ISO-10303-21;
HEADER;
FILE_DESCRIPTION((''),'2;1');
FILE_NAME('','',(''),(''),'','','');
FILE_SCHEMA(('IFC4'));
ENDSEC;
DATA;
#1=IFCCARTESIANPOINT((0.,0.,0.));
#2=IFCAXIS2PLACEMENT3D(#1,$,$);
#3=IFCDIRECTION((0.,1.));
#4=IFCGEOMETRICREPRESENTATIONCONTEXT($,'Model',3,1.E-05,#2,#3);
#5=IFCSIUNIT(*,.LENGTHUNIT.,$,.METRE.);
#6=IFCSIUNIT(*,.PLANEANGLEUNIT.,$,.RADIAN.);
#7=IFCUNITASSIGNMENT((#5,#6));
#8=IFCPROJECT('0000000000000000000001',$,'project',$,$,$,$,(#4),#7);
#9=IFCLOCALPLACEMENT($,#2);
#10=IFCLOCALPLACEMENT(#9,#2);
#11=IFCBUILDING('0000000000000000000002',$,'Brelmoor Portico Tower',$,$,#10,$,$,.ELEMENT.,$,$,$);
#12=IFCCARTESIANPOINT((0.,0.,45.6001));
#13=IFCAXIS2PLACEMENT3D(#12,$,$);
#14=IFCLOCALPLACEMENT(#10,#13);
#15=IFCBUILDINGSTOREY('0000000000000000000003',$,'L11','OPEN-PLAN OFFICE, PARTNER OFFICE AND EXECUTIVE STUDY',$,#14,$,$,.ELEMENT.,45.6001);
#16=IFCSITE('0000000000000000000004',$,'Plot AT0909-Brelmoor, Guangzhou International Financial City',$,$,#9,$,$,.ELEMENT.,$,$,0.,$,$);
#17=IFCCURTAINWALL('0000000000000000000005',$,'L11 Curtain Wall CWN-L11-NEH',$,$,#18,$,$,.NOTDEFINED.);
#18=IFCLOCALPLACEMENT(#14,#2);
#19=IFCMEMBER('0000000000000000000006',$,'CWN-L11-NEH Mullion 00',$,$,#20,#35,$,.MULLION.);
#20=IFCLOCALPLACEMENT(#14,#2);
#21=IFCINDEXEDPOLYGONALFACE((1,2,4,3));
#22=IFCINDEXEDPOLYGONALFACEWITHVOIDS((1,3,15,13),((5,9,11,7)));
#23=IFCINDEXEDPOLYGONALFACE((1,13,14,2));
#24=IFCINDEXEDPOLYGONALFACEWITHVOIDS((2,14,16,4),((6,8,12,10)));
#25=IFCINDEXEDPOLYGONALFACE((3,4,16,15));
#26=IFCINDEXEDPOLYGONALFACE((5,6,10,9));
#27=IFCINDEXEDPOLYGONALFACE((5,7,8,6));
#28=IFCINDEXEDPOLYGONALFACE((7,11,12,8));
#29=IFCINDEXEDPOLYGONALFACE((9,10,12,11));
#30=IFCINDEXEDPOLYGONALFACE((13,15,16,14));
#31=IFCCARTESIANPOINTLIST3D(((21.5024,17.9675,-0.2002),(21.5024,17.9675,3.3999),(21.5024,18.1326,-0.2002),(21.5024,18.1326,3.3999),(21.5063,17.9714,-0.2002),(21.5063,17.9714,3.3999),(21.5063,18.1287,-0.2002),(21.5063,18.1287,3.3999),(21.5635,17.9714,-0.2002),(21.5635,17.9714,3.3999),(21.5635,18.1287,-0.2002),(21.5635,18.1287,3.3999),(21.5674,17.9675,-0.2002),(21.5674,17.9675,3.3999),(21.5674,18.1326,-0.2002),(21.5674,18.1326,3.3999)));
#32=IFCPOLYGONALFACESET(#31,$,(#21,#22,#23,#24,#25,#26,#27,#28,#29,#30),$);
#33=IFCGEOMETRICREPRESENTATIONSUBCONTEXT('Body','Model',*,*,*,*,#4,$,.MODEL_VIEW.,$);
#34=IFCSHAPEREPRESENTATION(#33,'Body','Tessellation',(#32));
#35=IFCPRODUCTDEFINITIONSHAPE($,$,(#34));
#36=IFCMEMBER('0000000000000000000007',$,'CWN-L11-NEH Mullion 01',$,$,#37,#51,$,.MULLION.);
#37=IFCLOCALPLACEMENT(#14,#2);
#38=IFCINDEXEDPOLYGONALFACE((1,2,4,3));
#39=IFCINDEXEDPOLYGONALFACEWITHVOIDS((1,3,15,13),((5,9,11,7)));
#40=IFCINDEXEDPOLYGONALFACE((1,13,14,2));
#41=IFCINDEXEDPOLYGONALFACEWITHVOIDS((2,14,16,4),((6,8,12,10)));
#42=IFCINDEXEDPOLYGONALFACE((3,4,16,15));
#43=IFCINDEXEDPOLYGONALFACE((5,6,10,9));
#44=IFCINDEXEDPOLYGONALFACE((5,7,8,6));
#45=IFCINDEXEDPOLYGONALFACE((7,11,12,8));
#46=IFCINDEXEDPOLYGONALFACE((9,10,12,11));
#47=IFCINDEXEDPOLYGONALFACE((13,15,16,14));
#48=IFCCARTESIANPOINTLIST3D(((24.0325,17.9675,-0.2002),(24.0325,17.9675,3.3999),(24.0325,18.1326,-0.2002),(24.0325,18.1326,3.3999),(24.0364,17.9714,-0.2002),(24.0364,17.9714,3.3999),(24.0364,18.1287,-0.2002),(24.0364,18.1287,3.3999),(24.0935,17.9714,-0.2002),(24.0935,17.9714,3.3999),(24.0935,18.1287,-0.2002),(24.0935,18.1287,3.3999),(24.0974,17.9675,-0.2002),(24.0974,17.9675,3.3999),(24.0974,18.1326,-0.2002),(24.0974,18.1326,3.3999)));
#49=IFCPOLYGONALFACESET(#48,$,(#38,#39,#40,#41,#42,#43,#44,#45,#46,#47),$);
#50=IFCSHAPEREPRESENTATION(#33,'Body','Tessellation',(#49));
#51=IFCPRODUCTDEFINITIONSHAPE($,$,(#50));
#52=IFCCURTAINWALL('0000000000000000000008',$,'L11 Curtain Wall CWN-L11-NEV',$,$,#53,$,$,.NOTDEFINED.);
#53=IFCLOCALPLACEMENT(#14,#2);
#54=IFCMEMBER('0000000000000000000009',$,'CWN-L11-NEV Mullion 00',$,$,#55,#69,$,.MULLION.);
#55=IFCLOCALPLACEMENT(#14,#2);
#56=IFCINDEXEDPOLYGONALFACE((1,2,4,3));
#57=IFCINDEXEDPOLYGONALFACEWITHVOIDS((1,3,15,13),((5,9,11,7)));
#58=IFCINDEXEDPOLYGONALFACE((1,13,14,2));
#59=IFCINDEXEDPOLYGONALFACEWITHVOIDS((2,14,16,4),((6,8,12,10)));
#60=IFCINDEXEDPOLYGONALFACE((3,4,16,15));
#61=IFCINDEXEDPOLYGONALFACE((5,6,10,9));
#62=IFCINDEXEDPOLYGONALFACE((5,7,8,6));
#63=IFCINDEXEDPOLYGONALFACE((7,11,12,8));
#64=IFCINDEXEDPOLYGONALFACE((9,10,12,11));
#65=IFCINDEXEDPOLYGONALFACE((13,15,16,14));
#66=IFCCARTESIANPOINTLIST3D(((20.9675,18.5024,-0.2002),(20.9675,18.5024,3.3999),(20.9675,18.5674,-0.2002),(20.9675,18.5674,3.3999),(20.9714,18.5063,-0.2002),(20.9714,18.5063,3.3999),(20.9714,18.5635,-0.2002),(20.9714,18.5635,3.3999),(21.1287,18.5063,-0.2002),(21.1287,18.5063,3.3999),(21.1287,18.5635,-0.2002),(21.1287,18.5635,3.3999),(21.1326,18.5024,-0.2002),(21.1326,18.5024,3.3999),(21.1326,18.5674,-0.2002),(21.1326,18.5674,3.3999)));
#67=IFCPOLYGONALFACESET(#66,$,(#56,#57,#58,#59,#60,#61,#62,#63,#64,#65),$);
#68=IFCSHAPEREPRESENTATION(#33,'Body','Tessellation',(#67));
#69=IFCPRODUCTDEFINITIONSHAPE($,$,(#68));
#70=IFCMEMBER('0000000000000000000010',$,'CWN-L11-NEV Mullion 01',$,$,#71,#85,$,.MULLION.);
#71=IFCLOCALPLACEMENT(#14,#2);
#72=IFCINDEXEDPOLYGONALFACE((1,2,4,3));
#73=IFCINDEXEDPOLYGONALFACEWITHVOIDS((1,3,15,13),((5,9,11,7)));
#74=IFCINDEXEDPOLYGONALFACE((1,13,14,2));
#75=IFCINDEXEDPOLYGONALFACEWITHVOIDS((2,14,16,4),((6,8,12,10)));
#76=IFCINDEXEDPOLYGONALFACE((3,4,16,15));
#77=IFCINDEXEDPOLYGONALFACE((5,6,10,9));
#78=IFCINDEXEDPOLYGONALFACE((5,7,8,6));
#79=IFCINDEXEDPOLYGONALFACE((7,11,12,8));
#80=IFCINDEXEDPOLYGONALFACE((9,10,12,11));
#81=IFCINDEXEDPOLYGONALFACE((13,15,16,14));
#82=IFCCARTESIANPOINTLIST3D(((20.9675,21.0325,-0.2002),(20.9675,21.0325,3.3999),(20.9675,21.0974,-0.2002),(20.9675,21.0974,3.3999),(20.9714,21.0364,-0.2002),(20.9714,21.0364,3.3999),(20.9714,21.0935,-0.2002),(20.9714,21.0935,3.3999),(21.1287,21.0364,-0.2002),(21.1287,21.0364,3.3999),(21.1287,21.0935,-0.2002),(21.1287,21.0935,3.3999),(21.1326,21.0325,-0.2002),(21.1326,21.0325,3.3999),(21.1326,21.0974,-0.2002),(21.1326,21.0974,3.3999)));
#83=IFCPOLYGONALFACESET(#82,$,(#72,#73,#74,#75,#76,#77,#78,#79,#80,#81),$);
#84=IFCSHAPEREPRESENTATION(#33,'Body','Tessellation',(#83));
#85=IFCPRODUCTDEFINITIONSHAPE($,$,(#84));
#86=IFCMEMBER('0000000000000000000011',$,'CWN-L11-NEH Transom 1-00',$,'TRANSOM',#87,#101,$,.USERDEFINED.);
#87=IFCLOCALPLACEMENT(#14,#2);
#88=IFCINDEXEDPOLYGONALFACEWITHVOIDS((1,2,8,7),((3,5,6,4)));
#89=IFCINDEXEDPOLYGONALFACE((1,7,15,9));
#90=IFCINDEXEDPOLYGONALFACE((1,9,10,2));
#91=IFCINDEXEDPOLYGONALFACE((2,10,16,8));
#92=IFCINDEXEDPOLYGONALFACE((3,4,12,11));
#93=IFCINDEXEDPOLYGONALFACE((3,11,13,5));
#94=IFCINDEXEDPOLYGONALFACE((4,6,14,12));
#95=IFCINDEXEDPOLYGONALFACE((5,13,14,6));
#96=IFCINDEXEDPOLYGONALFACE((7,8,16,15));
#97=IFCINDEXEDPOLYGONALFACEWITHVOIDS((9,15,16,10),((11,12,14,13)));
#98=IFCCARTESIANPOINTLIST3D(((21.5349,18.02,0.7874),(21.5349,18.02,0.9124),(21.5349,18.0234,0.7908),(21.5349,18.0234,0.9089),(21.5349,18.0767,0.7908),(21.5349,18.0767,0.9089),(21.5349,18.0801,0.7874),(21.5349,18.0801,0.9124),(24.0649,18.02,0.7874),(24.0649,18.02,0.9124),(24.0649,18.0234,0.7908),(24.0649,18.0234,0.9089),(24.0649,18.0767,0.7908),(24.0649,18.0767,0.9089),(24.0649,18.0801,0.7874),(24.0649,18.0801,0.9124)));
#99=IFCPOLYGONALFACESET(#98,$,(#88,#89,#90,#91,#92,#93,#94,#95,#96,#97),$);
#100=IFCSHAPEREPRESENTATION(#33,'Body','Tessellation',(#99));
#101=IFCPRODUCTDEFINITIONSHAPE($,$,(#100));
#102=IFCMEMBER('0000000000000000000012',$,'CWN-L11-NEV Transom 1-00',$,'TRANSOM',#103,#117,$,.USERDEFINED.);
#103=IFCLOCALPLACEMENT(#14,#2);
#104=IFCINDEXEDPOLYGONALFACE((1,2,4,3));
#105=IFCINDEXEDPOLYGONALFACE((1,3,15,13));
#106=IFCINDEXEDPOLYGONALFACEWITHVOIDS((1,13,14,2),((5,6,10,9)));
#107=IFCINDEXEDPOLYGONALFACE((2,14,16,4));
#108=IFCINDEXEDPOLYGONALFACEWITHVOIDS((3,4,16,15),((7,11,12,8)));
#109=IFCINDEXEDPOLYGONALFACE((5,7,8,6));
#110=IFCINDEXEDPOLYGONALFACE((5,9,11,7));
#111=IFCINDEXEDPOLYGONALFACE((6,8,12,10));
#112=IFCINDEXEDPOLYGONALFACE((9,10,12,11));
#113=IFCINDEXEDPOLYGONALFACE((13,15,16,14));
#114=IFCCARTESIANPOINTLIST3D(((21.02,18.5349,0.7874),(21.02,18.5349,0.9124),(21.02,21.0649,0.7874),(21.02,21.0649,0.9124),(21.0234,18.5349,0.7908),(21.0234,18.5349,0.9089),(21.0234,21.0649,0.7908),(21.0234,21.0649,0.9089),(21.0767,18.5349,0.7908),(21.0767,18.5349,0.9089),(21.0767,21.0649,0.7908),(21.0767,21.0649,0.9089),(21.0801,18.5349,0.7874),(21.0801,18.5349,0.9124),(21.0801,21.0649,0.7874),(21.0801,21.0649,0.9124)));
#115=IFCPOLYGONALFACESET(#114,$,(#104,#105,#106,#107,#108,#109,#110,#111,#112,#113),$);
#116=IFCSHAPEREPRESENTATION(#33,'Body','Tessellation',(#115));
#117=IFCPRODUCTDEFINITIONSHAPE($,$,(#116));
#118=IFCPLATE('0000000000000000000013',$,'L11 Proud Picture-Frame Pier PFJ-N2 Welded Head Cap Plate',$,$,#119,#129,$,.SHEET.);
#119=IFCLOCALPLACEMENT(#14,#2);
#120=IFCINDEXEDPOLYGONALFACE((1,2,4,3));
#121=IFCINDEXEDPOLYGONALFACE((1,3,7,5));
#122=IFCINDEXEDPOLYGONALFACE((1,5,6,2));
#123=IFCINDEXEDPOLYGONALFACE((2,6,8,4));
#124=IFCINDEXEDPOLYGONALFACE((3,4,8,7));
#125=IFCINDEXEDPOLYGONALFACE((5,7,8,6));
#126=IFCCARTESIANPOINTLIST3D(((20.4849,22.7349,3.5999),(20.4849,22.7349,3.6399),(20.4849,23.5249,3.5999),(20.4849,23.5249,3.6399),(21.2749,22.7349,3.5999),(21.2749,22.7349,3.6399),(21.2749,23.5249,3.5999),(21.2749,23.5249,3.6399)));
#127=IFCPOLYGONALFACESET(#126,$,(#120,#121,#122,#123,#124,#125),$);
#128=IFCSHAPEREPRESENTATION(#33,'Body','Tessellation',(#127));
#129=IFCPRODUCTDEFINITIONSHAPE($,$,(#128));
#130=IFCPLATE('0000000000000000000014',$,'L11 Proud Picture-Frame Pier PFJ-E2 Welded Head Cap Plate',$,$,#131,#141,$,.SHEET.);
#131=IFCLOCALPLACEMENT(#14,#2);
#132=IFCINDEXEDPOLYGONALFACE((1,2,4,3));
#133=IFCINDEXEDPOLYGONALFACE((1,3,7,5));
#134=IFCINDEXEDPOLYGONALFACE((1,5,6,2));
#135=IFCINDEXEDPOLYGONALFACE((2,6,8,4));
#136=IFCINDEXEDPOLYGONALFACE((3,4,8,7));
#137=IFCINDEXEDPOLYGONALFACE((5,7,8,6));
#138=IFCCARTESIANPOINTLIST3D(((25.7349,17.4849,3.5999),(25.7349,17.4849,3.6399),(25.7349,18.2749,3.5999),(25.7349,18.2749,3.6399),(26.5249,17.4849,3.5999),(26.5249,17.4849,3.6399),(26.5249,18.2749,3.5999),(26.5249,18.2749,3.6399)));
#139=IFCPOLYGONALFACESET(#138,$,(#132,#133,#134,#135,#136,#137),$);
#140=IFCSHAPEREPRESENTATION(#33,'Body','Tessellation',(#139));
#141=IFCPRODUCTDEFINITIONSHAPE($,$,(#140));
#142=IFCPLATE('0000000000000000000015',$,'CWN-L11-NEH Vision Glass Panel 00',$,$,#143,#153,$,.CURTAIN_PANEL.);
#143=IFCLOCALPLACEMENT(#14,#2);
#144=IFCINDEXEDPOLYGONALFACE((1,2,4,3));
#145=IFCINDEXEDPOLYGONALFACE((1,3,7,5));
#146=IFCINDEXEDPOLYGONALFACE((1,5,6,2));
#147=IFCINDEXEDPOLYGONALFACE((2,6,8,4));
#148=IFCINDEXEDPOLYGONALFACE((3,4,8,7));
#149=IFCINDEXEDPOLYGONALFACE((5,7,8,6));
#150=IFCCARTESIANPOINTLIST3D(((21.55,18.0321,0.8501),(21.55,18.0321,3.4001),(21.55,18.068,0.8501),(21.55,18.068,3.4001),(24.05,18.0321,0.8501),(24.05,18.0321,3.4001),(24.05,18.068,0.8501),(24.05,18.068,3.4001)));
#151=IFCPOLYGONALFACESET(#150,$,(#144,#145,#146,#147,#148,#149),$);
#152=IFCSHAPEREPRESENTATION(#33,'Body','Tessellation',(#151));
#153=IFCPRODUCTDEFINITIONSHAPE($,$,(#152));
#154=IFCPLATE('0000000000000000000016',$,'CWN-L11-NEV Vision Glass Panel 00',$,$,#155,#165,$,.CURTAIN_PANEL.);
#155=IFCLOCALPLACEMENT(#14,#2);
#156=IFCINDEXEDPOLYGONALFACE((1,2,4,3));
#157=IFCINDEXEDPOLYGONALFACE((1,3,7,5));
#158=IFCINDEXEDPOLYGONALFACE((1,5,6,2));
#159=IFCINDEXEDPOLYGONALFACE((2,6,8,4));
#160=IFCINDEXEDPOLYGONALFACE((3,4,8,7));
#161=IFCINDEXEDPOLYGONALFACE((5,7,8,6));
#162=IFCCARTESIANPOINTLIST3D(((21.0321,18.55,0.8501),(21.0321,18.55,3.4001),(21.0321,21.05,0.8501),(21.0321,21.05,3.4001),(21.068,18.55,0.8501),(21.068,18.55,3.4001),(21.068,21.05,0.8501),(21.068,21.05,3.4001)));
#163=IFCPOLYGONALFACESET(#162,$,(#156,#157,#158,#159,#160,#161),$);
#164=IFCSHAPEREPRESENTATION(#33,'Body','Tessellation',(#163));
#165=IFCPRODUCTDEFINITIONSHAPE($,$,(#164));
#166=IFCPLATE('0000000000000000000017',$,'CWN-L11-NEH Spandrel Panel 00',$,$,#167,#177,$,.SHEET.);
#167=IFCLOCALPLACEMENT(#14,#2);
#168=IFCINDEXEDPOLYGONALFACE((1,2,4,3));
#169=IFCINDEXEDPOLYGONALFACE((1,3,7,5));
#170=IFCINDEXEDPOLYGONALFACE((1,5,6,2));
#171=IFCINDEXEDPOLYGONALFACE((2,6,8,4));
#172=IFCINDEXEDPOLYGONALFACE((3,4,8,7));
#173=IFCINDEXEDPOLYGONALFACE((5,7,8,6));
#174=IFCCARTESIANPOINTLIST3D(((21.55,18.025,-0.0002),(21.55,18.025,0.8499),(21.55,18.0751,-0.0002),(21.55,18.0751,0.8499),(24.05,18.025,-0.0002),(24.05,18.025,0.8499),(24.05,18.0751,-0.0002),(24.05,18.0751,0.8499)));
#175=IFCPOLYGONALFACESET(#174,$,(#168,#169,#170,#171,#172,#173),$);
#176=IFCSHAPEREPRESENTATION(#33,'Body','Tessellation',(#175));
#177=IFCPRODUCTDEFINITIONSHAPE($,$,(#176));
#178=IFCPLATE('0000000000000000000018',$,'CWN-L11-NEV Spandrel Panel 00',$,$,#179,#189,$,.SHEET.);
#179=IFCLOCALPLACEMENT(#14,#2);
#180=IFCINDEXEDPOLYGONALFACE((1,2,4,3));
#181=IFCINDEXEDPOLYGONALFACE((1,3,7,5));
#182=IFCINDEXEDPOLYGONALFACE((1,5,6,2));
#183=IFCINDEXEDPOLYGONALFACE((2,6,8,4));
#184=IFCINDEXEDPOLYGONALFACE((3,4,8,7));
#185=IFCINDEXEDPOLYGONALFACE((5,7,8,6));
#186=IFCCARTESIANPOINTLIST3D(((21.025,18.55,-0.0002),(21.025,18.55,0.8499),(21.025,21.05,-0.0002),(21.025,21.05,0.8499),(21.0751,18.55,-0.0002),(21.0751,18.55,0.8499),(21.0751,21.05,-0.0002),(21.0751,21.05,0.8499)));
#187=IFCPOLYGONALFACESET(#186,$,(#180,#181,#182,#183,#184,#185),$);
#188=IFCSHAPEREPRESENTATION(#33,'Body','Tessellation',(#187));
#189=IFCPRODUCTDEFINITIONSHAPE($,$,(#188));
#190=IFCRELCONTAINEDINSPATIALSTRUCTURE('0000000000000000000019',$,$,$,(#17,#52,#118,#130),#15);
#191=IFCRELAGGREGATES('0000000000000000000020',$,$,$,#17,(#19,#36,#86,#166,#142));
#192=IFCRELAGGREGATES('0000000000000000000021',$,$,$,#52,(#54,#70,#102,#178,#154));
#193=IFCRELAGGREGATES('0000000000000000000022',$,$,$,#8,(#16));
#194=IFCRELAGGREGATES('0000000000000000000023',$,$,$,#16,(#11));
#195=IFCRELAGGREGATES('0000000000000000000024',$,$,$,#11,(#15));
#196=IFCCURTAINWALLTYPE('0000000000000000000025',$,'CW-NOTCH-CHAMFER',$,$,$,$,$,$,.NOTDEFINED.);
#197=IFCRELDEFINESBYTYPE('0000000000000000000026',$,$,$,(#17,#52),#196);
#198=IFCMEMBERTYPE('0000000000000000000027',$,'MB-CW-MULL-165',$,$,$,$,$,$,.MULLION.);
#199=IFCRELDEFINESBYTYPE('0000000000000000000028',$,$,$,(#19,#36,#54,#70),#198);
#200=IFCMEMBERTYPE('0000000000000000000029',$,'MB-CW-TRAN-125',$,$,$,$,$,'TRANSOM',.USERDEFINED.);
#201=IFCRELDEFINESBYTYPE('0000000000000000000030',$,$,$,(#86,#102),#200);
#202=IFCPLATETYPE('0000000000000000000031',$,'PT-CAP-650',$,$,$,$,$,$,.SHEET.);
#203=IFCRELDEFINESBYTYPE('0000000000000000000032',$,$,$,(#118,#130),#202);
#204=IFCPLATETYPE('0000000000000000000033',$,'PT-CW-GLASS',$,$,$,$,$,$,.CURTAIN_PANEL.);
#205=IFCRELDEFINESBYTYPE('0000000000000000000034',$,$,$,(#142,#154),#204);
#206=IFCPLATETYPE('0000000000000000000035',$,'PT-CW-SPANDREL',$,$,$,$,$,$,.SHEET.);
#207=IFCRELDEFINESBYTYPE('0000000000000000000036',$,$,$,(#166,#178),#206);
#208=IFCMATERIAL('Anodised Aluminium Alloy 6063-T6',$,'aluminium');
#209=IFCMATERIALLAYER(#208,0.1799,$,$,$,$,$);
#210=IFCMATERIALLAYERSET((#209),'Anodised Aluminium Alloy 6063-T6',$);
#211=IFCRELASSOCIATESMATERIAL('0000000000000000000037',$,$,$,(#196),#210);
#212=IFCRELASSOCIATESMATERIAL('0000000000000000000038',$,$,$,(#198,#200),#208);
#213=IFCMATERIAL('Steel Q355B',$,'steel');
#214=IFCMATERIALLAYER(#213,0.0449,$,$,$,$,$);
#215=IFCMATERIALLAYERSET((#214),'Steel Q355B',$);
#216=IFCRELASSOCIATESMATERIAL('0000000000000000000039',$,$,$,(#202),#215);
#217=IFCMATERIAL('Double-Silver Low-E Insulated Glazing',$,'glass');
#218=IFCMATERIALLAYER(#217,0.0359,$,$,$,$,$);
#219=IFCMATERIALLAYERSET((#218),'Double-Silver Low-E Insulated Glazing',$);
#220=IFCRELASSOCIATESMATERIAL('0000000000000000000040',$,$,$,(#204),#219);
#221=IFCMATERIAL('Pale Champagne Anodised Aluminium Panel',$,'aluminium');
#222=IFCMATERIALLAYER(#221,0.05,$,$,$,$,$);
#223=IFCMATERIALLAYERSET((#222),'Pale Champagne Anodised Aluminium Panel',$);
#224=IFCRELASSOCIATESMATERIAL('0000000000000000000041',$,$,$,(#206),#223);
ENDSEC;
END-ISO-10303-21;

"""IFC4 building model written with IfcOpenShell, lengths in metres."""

from ifc_helpers import new_model, si_unit, direction, frame, origin, origin_2d, place, context, subcontext, project, spatial, rectangle, hollow_rectangle, extrude, material, layer, layer_set, material_profile, profile_set, type_object, element, aggregate, save


model = new_model("IFC4")

# Units and contexts
model_context = context("Model", 3, precision=1e-05, world=origin(), true_north=direction((0.0, 1.0)))
body_context = subcontext(model_context, "Body", "Model", "MODEL_VIEW")
ifc_project = project(units=[si_unit("LENGTHUNIT", "METRE"), si_unit("PLANEANGLEUNIT", "RADIAN")], contexts=[model_context])

# Site, building, storey
site_placement = place(None, origin())
site = spatial("IfcSite", under=ifc_project, at=site_placement, Name="Plot AT0909-Brelmoor, Guangzhou International Financial City", CompositionType="ELEMENT", RefElevation=0.0)
building_placement = place(site_placement, origin())
building = spatial("IfcBuilding", under=site, at=building_placement, Name="Brelmoor Portico Tower", CompositionType="ELEMENT")
storey_placement = place(building_placement, frame((0.0, 0.0, 45.6001)))
storey = spatial("IfcBuildingStorey", under=building, at=storey_placement, Name="L11", Description="OPEN-PLAN OFFICE, PARTNER OFFICE AND EXECUTIVE STUDY", CompositionType="ELEMENT", Elevation=45.6001)

# Shared definitions
ifc_material_1 = material(Name="Steel Q355B", Category="steel")

# Curtain walls, members
ifc_material_2 = material(Name="Anodised Aluminium Alloy 6063-T6", Category="aluminium")
ifc_layer_1 = layer(ifc_material_2, 0.1799)
ifc_layer_set_1 = layer_set([ifc_layer_1], Name="Anodised Aluminium Alloy 6063-T6")
curtain_wall_type = type_object("IfcCurtainWallType", Name="CW-NOTCH-CHAMFER", PredefinedType="NOTDEFINED", material=ifc_layer_set_1)
curtain_wall_1_placement = place(storey_placement, origin())
curtain_wall_1 = element("IfcCurtainWall", 1, at=curtain_wall_1_placement, inside=storey, type_object=curtain_wall_type, Name="L11 Curtain Wall CWN-L11-NEH", PredefinedType="NOTDEFINED")
ifc_material_profile_1 = material_profile(ifc_material_2, hollow_rectangle(XDim=0.0649, YDim=0.165, WallThickness=0.0039, at=origin_2d()), Name="ALU MULLION 65x165")
ifc_profile_set_1 = profile_set([ifc_material_profile_1], Name="Anodised Aluminium Alloy 6063-T6")
member_type_1 = type_object("IfcMemberType", Name="MB-CW-MULL-165", PredefinedType="MULLION", material=ifc_profile_set_1)
member_1_placement = place(storey_placement, frame((21.5349, 18.05, -0.2002), z_axis=(0.0, 0.0, 1.0), x_axis=(1.0, 0.0, 0.0)))
member_1 = element("IfcMember", 2, at=member_1_placement, type_object=member_type_1, Name="CWN-L11-NEH Mullion 00", PredefinedType="MULLION", context=body_context, shape_type="SweptSolid", body=[
    extrude(hollow_rectangle(XDim=0.0649, YDim=0.165, WallThickness=0.0039, at=origin_2d()), origin(), (0.0, 0.0, 1.0), 3.6001),
])
member_2_placement = place(storey_placement, frame((24.0649, 18.05, -0.2002), z_axis=(0.0, 0.0, 1.0), x_axis=(1.0, 0.0, 0.0)))
member_2 = element("IfcMember", 3, at=member_2_placement, type_object=member_type_1, Name="CWN-L11-NEH Mullion 01", PredefinedType="MULLION", context=body_context, shape_type="SweptSolid", body=[
    extrude(hollow_rectangle(XDim=0.0649, YDim=0.165, WallThickness=0.0039, at=origin_2d()), origin(), (0.0, 0.0, 1.0), 3.6001),
])
curtain_wall_2_placement = place(storey_placement, origin())
curtain_wall_2 = element("IfcCurtainWall", 4, at=curtain_wall_2_placement, inside=storey, type_object=curtain_wall_type, Name="L11 Curtain Wall CWN-L11-NEV", PredefinedType="NOTDEFINED")
member_3_placement = place(storey_placement, frame((21.05, 18.5349, -0.2002), z_axis=(0.0, 0.0, 1.0), x_axis=(0.0, 1.0, 0.0)))
member_3 = element("IfcMember", 5, at=member_3_placement, type_object=member_type_1, Name="CWN-L11-NEV Mullion 00", PredefinedType="MULLION", context=body_context, shape_type="SweptSolid", body=[
    extrude(hollow_rectangle(XDim=0.0649, YDim=0.165, WallThickness=0.0039, at=origin_2d()), origin(), (0.0, 0.0, 1.0), 3.6001),
])
member_4_placement = place(storey_placement, frame((21.05, 21.0649, -0.2002), z_axis=(0.0, 0.0, 1.0), x_axis=(0.0, 1.0, 0.0)))
member_4 = element("IfcMember", 6, at=member_4_placement, type_object=member_type_1, Name="CWN-L11-NEV Mullion 01", PredefinedType="MULLION", context=body_context, shape_type="SweptSolid", body=[
    extrude(hollow_rectangle(XDim=0.0649, YDim=0.165, WallThickness=0.0039, at=origin_2d()), origin(), (0.0, 0.0, 1.0), 3.6001),
])

# Members
ifc_material_profile_2 = material_profile(ifc_material_2, hollow_rectangle(XDim=0.0601, YDim=0.125, WallThickness=0.0034, at=origin_2d()), Name="ALU TRANSOM 60x125")
ifc_profile_set_2 = profile_set([ifc_material_profile_2], Name="Anodised Aluminium Alloy 6063-T6")
member_type_2 = type_object("IfcMemberType", Name="MB-CW-TRAN-125", ElementType="TRANSOM", PredefinedType="USERDEFINED", material=ifc_profile_set_2)
member_5_placement = place(storey_placement, frame((21.5349, 18.05, 0.8499), z_axis=(1.0, 0.0, 0.0), x_axis=(0.0, 1.0, 0.0)))
member_5 = element("IfcMember", 7, at=member_5_placement, type_object=member_type_2, Name="CWN-L11-NEH Transom 1-00", ObjectType="TRANSOM", PredefinedType="USERDEFINED", context=body_context, shape_type="SweptSolid", body=[
    extrude(hollow_rectangle(XDim=0.0601, YDim=0.125, WallThickness=0.0034, at=origin_2d()), origin(), (0.0, 0.0, 1.0), 2.53),
])
member_6_placement = place(storey_placement, frame((21.05, 18.5349, 0.8499), z_axis=(0.0, 1.0, 0.0), x_axis=(-1.0, 0.0, 0.0)))
member_6 = element("IfcMember", 8, at=member_6_placement, type_object=member_type_2, Name="CWN-L11-NEV Transom 1-00", ObjectType="TRANSOM", PredefinedType="USERDEFINED", context=body_context, shape_type="SweptSolid", body=[
    extrude(hollow_rectangle(XDim=0.0601, YDim=0.125, WallThickness=0.0034, at=origin_2d()), origin(), (0.0, 0.0, 1.0), 2.53),
])

# Plates
ifc_layer_2 = layer(ifc_material_1, 0.0449)
ifc_layer_set_2 = layer_set([ifc_layer_2], Name="Steel Q355B")
plate_type_1 = type_object("IfcPlateType", Name="PT-CAP-650", PredefinedType="SHEET", material=ifc_layer_set_2)
for number, where, z_axis, x_axis, name in (
    (9, (20.8799, 23.1299, 3.5999), (0.0, 0.0, 1.0), (1.0, 0.0, 0.0), "L11 Proud Picture-Frame Pier PFJ-N2 Welded Head Cap Plate"),
    (10, (26.1299, 17.8799, 3.5999), (0.0, 0.0, 1.0), (0.0, 1.0, 0.0), "L11 Proud Picture-Frame Pier PFJ-E2 Welded Head Cap Plate"),
):
    element("IfcPlate", number, at=place(storey_placement, frame(where, z_axis=z_axis, x_axis=x_axis)), inside=storey, type_object=plate_type_1, Name=name, PredefinedType="SHEET", context=body_context, shape_type="SweptSolid", body=[
        extrude(rectangle(XDim=0.79, YDim=0.79, at=origin_2d()), origin(), (0.0, 0.0, 1.0), 0.04),
    ])

# Plates
ifc_material_3 = material(Name="Double-Silver Low-E Insulated Glazing", Category="glass")
ifc_layer_3 = layer(ifc_material_3, 0.0359)
ifc_layer_set_3 = layer_set([ifc_layer_3], Name="Double-Silver Low-E Insulated Glazing")
plate_type_2 = type_object("IfcPlateType", Name="PT-CW-GLASS", PredefinedType="CURTAIN_PANEL", material=ifc_layer_set_3)
plate_1_placement = place(storey_placement, frame((22.8, 18.05, 0.8501), z_axis=(0.0, 0.0, 1.0), x_axis=(1.0, 0.0, 0.0)))
plate_1 = element("IfcPlate", 11, at=plate_1_placement, type_object=plate_type_2, Name="CWN-L11-NEH Vision Glass Panel 00", PredefinedType="CURTAIN_PANEL", context=body_context, shape_type="SweptSolid", body=[
    extrude(rectangle(XDim=2.5, YDim=0.0359, at=origin_2d()), origin(), (0.0, 0.0, 1.0), 2.55),
])
plate_2_placement = place(storey_placement, frame((21.05, 19.8, 0.8501), z_axis=(0.0, 0.0, 1.0), x_axis=(0.0, 1.0, 0.0)))
plate_2 = element("IfcPlate", 12, at=plate_2_placement, type_object=plate_type_2, Name="CWN-L11-NEV Vision Glass Panel 00", PredefinedType="CURTAIN_PANEL", context=body_context, shape_type="SweptSolid", body=[
    extrude(rectangle(XDim=2.5, YDim=0.0359, at=origin_2d()), origin(), (0.0, 0.0, 1.0), 2.55),
])
ifc_material_4 = material(Name="Pale Champagne Anodised Aluminium Panel", Category="aluminium")
ifc_layer_4 = layer(ifc_material_4, 0.05)
ifc_layer_set_4 = layer_set([ifc_layer_4], Name="Pale Champagne Anodised Aluminium Panel")
plate_type_3 = type_object("IfcPlateType", Name="PT-CW-SPANDREL", PredefinedType="SHEET", material=ifc_layer_set_4)
plate_3_placement = place(storey_placement, frame((22.8, 18.05, -0.0002), z_axis=(0.0, 0.0, 1.0), x_axis=(1.0, 0.0, 0.0)))
plate_3 = element("IfcPlate", 13, at=plate_3_placement, type_object=plate_type_3, Name="CWN-L11-NEH Spandrel Panel 00", PredefinedType="SHEET", context=body_context, shape_type="SweptSolid", body=[
    extrude(rectangle(XDim=2.5, YDim=0.05, at=origin_2d()), origin(), (0.0, 0.0, 1.0), 0.8501),
])
aggregate(curtain_wall_1, [member_1, member_2, member_5, plate_3, plate_1])
plate_4_placement = place(storey_placement, frame((21.05, 19.8, -0.0002), z_axis=(0.0, 0.0, 1.0), x_axis=(0.0, 1.0, 0.0)))
plate_4 = element("IfcPlate", 14, at=plate_4_placement, type_object=plate_type_3, Name="CWN-L11-NEV Spandrel Panel 00", PredefinedType="SHEET", context=body_context, shape_type="SweptSolid", body=[
    extrude(rectangle(XDim=2.5, YDim=0.05, at=origin_2d()), origin(), (0.0, 0.0, 1.0), 0.8501),
])
aggregate(curtain_wall_2, [member_3, member_4, member_6, plate_4, plate_2])

save(model, "model.ifc")
